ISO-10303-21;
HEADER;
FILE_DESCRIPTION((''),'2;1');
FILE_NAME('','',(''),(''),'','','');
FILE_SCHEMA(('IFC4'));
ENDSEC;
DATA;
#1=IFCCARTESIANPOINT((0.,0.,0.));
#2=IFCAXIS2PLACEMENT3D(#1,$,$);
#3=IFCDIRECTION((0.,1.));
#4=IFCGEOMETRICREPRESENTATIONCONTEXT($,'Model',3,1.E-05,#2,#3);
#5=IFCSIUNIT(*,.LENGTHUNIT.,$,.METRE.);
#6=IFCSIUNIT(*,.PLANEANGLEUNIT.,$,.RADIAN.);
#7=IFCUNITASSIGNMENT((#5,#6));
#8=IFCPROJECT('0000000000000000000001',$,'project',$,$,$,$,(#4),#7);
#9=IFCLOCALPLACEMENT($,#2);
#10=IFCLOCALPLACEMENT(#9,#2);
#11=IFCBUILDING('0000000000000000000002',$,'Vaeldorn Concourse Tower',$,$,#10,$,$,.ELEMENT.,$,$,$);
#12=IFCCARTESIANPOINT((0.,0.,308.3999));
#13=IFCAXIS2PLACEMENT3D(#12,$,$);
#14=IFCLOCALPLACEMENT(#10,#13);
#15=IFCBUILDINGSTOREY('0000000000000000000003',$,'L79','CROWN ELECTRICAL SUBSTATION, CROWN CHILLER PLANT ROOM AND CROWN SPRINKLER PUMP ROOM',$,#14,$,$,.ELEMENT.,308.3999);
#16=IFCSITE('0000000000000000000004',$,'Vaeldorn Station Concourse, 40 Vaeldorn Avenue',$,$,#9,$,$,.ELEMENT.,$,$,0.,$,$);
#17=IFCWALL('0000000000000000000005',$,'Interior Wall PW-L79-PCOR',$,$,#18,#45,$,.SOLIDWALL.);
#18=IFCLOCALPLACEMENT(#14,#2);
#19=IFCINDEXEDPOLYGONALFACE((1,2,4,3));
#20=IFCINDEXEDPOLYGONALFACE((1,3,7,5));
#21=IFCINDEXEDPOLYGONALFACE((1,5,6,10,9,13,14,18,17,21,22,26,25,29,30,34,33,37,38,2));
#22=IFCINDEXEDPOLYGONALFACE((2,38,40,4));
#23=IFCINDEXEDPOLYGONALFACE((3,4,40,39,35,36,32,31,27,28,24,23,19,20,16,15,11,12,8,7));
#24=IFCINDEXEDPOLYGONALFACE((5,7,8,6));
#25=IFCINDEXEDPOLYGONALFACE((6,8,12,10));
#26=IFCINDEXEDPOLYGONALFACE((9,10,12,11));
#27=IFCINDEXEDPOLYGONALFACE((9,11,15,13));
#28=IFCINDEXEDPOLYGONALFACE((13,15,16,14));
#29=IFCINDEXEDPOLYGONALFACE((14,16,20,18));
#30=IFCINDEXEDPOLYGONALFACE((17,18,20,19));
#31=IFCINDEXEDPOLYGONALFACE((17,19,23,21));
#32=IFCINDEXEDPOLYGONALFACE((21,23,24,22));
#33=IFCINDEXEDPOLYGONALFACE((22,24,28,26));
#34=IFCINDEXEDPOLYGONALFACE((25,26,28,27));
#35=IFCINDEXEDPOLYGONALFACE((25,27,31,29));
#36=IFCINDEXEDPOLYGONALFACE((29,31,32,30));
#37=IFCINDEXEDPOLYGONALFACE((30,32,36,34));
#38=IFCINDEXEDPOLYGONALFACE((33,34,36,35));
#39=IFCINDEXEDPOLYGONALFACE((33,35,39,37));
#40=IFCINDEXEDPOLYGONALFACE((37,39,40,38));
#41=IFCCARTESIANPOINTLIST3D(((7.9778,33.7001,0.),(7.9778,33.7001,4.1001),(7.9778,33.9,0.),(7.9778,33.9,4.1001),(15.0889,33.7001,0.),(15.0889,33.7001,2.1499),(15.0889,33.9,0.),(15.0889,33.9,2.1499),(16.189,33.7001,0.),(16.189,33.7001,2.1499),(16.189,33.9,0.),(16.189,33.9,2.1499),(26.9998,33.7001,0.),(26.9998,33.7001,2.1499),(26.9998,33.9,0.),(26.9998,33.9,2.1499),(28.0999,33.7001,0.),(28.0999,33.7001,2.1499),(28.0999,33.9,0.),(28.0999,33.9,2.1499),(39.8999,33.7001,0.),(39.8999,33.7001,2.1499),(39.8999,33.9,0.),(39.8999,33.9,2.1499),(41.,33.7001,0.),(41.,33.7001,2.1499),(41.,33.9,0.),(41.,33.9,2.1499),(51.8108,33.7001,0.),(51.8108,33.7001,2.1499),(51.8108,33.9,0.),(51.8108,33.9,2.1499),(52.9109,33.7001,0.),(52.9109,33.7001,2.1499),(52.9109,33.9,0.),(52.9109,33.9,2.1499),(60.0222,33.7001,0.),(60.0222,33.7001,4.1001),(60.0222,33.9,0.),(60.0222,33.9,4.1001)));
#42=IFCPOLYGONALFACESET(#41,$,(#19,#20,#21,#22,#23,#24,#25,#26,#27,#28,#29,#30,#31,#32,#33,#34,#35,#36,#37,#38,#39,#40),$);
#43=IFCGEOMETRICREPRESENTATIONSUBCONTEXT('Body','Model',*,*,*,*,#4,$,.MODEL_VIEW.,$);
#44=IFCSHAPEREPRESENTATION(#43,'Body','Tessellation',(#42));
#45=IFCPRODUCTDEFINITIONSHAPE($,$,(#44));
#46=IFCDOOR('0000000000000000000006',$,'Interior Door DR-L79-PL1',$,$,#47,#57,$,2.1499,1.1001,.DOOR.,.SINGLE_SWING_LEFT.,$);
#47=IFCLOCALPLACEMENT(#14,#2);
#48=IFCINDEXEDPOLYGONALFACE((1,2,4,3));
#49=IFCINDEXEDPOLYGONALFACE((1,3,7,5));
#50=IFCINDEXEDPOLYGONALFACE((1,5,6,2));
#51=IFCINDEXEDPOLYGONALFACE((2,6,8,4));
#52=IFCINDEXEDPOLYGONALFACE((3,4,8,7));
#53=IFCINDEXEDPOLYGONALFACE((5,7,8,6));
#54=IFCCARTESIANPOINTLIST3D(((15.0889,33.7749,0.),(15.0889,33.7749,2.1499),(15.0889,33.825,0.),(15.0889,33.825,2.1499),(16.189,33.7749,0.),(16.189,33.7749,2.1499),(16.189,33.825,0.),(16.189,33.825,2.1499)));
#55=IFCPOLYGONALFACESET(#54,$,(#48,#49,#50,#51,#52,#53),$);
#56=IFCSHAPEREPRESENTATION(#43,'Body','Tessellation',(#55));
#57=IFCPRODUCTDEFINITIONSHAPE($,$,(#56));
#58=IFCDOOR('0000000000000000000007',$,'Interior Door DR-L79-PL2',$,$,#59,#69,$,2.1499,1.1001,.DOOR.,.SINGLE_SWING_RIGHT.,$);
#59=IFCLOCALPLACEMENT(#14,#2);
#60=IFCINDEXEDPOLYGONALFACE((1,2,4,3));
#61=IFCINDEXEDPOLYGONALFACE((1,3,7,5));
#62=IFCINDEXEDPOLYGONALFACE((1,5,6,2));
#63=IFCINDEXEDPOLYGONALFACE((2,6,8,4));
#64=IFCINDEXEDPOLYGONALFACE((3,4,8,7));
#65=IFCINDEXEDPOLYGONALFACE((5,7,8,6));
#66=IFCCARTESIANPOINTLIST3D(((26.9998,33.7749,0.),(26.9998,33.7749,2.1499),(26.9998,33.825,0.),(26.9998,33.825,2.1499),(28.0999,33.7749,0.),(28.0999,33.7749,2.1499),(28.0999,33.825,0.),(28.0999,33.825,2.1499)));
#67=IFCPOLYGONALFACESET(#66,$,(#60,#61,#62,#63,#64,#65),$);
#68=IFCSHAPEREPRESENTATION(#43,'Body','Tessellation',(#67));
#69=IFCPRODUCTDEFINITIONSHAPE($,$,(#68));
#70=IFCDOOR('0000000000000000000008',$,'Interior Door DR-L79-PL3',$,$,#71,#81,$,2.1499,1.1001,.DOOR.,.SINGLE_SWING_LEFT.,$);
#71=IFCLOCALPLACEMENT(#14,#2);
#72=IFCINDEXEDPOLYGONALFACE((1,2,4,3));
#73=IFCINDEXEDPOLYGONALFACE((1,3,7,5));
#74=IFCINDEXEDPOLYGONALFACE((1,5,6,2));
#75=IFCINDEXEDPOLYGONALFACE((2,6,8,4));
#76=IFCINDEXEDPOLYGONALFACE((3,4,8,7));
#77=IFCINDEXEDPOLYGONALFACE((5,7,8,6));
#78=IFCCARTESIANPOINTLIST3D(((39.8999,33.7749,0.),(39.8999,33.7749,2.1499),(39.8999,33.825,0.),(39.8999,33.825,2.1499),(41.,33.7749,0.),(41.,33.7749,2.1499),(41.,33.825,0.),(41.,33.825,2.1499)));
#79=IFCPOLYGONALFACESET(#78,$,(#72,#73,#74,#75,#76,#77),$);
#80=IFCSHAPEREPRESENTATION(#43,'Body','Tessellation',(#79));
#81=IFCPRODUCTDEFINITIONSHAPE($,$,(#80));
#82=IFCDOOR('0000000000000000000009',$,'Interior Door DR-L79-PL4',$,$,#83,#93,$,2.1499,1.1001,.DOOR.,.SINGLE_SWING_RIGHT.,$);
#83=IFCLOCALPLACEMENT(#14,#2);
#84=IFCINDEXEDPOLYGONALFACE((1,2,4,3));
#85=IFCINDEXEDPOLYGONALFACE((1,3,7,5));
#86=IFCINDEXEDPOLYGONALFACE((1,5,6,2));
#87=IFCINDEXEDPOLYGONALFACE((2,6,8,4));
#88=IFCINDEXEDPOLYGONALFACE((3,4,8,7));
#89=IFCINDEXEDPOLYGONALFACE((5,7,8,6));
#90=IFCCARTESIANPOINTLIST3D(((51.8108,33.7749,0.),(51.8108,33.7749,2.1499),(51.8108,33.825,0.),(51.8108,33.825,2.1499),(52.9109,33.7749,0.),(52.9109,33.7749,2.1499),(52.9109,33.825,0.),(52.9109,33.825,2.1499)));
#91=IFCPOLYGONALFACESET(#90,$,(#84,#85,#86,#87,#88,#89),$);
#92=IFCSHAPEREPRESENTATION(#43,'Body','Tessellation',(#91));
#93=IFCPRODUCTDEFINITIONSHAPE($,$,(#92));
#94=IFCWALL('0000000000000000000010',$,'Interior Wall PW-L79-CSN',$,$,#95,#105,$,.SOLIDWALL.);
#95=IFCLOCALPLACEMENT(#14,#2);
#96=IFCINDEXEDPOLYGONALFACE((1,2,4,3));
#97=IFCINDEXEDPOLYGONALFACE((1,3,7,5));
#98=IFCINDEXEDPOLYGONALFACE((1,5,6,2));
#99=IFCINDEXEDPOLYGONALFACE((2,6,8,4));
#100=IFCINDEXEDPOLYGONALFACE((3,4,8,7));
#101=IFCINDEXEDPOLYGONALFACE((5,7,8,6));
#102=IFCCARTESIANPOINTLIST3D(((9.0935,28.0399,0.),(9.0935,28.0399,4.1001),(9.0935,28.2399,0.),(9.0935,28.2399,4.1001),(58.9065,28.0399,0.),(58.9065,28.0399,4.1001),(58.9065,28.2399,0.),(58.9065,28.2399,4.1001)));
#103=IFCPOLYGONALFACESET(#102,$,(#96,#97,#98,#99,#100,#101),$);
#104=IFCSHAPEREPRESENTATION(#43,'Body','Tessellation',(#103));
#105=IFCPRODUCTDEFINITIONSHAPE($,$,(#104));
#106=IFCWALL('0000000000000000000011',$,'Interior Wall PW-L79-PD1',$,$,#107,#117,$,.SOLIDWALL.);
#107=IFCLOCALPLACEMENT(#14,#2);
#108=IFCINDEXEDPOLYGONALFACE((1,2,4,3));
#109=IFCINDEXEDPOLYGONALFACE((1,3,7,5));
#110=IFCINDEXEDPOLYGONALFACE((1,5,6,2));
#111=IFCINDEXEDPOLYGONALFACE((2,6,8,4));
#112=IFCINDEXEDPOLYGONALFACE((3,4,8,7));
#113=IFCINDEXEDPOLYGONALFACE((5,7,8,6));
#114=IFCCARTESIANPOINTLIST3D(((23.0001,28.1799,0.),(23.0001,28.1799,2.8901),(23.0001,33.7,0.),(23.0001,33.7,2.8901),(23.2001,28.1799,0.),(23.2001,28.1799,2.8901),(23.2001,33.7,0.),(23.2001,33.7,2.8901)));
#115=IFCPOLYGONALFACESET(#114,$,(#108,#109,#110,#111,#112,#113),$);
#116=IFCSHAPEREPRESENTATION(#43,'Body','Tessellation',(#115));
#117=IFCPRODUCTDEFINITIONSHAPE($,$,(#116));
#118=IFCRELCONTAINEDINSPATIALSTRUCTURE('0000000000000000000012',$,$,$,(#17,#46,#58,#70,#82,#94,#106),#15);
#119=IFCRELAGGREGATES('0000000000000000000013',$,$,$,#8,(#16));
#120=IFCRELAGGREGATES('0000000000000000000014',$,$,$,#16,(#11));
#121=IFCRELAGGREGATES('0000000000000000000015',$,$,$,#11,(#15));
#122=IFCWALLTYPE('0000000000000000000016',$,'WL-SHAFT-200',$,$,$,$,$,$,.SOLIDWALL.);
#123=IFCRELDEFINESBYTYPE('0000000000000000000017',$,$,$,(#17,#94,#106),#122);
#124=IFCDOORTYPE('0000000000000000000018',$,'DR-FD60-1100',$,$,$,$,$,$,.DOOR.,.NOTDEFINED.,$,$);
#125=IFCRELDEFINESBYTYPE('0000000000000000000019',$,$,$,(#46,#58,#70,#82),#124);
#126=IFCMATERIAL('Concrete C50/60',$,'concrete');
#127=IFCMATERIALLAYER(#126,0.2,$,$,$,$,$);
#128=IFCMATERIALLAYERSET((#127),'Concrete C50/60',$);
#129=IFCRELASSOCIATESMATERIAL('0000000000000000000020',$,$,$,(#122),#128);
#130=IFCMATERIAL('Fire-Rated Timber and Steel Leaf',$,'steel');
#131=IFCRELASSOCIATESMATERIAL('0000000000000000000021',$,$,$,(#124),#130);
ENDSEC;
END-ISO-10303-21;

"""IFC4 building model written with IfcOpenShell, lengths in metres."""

from ifc_helpers import new_model, si_unit, direction, frame, frame_2d, origin, place, context, subcontext, project, spatial, rectangle, extrude, source, transform, mapped, material, layer, layer_set, type_object, element, fill, save


model = new_model("IFC4")

# Units and contexts
model_context = context("Model", 3, precision=1e-05, world=origin(), true_north=direction((0.0, 1.0)))
body_context = subcontext(model_context, "Body", "Model", "MODEL_VIEW")
ifc_project = project(units=[si_unit("LENGTHUNIT", "METRE"), si_unit("PLANEANGLEUNIT", "RADIAN")], contexts=[model_context])

# Site, building, storey
site_placement = place(None, origin())
site = spatial("IfcSite", under=ifc_project, at=site_placement, Name="Vaeldorn Station Concourse, 40 Vaeldorn Avenue", CompositionType="ELEMENT", RefElevation=0.0)
building_placement = place(site_placement, origin())
building = spatial("IfcBuilding", under=site, at=building_placement, Name="Vaeldorn Concourse Tower", CompositionType="ELEMENT")
storey_placement = place(building_placement, frame((0.0, 0.0, 308.3999)))
storey = spatial("IfcBuildingStorey", under=building, at=storey_placement, Name="L79", Description="CROWN ELECTRICAL SUBSTATION, CROWN CHILLER PLANT ROOM AND CROWN SPRINKLER PUMP ROOM", CompositionType="ELEMENT", Elevation=308.3999)

# Wall, openings, doors
ifc_material_1 = material(Name="Concrete C50/60", Category="concrete")
ifc_layer_1 = layer(ifc_material_1, 0.2)
ifc_layer_set_1 = layer_set([ifc_layer_1], Name="Concrete C50/60")
wall_type = type_object("IfcWallType", Name="WL-SHAFT-200", PredefinedType="SOLIDWALL", material=ifc_layer_set_1)
wall_1_placement = place(storey_placement, frame((7.9778, 33.8, 0.0), z_axis=(0.0, 0.0, 1.0), x_axis=(1.0, 0.0, 0.0)))
wall_1 = element("IfcWall", 1, at=wall_1_placement, inside=storey, type_object=wall_type, Name="Interior Wall PW-L79-PCOR", PredefinedType="SOLIDWALL", context=body_context, shape_type="SweptSolid", body=[
    extrude(rectangle(XDim=52.0444, YDim=0.2, at=frame_2d((26.0222, 0.0))), origin(), (0.0, 0.0, 1.0), 4.1001),
])
opening_1_placement = place(wall_1_placement, frame((7.1111, 0.0, 0.0)))
opening_1 = element("IfcOpeningElement", 2, at=opening_1_placement, cuts=wall_1, PredefinedType="OPENING", context=body_context, shape_type="SweptSolid", body=[
    extrude(rectangle(XDim=1.1001, YDim=2.1499, at=frame_2d((0.55, 1.075))), frame((0.0, 0.1099, 0.0), z_axis=(0.0, -1.0, 0.0), x_axis=(1.0, 0.0, 0.0)), (0.0, 0.0, 1.0), 0.22),
])
opening_2_placement = place(wall_1_placement, frame((19.022, 0.0, 0.0)))
opening_2 = element("IfcOpeningElement", 3, at=opening_2_placement, cuts=wall_1, PredefinedType="OPENING", context=body_context, shape_type="SweptSolid", body=[
    extrude(rectangle(XDim=1.1001, YDim=2.1499, at=frame_2d((0.55, 1.075))), frame((0.0, 0.1099, 0.0), z_axis=(0.0, -1.0, 0.0), x_axis=(1.0, 0.0, 0.0)), (0.0, 0.0, 1.0), 0.22),
])
opening_3_placement = place(wall_1_placement, frame((31.9221, 0.0, 0.0)))
opening_3 = element("IfcOpeningElement", 4, at=opening_3_placement, cuts=wall_1, PredefinedType="OPENING", context=body_context, shape_type="SweptSolid", body=[
    extrude(rectangle(XDim=1.1001, YDim=2.1499, at=frame_2d((0.55, 1.075))), frame((0.0, 0.1099, 0.0), z_axis=(0.0, -1.0, 0.0), x_axis=(1.0, 0.0, 0.0)), (0.0, 0.0, 1.0), 0.22),
])
opening_4_placement = place(wall_1_placement, frame((43.833, 0.0, 0.0)))
opening_4 = element("IfcOpeningElement", 5, at=opening_4_placement, cuts=wall_1, PredefinedType="OPENING", context=body_context, shape_type="SweptSolid", body=[
    extrude(rectangle(XDim=1.1001, YDim=2.1499, at=frame_2d((0.55, 1.075))), frame((0.0, 0.1099, 0.0), z_axis=(0.0, -1.0, 0.0), x_axis=(1.0, 0.0, 0.0)), (0.0, 0.0, 1.0), 0.22),
])
ifc_material_2 = material(Name="Fire-Rated Timber and Steel Leaf", Category="steel")
door_type = type_object("IfcDoorType", Name="DR-FD60-1100", OperationType="NOTDEFINED", PredefinedType="DOOR", material=ifc_material_2)
shared_shape_1 = source(origin(), body_context, "Body", "SweptSolid", [
    extrude(rectangle(XDim=1.1001, YDim=2.1499, at=frame_2d((0.55, 1.075))), frame((0.0, 0.0249, 0.0), z_axis=(0.0, -1.0, 0.0), x_axis=(1.0, 0.0, 0.0)), (0.0, 0.0, 1.0), 0.05),
])
door_1_placement = place(opening_1_placement, origin())
door_1 = element("IfcDoor", 6, at=door_1_placement, inside=storey, type_object=door_type, Name="Interior Door DR-L79-PL1", OperationType="SINGLE_SWING_LEFT", OverallHeight=2.1499, OverallWidth=1.1001, PredefinedType="DOOR", context=body_context, shape_type="MappedRepresentation", body=[
    mapped(shared_shape_1, transform((0.0, 0.0, 0.0), scale=1.0)),
])
fill(opening_1, door_1)
door_2_placement = place(opening_2_placement, origin())
door_2 = element("IfcDoor", 7, at=door_2_placement, inside=storey, type_object=door_type, Name="Interior Door DR-L79-PL2", OperationType="SINGLE_SWING_RIGHT", OverallHeight=2.1499, OverallWidth=1.1001, PredefinedType="DOOR", context=body_context, shape_type="MappedRepresentation", body=[
    mapped(shared_shape_1, transform((0.0, 0.0, 0.0), scale=1.0)),
])
fill(opening_2, door_2)
door_3_placement = place(opening_3_placement, origin())
door_3 = element("IfcDoor", 8, at=door_3_placement, inside=storey, type_object=door_type, Name="Interior Door DR-L79-PL3", OperationType="SINGLE_SWING_LEFT", OverallHeight=2.1499, OverallWidth=1.1001, PredefinedType="DOOR", context=body_context, shape_type="MappedRepresentation", body=[
    mapped(shared_shape_1, transform((0.0, 0.0, 0.0), scale=1.0)),
])
fill(opening_3, door_3)
door_4_placement = place(opening_4_placement, origin())
door_4 = element("IfcDoor", 9, at=door_4_placement, inside=storey, type_object=door_type, Name="Interior Door DR-L79-PL4", OperationType="SINGLE_SWING_RIGHT", OverallHeight=2.1499, OverallWidth=1.1001, PredefinedType="DOOR", context=body_context, shape_type="MappedRepresentation", body=[
    mapped(shared_shape_1, transform((0.0, 0.0, 0.0), scale=1.0)),
])
fill(opening_4, door_4)

# Walls
wall_2_placement = place(storey_placement, frame((9.0935, 28.1399, 0.0), z_axis=(0.0, 0.0, 1.0), x_axis=(1.0, 0.0, 0.0)))
element("IfcWall", 10, at=wall_2_placement, inside=storey, type_object=wall_type, Name="Interior Wall PW-L79-CSN", PredefinedType="SOLIDWALL", context=body_context, shape_type="SweptSolid", body=[
    extrude(rectangle(XDim=49.813, YDim=0.2, at=frame_2d((24.9065, 0.0))), origin(), (0.0, 0.0, 1.0), 4.1001),
])
wall_3_placement = place(storey_placement, frame((23.1001, 28.1799, 0.0), z_axis=(0.0, 0.0, 1.0), x_axis=(0.0, 1.0, 0.0)))
element("IfcWall", 11, at=wall_3_placement, inside=storey, type_object=wall_type, Name="Interior Wall PW-L79-PD1", PredefinedType="SOLIDWALL", context=body_context, shape_type="SweptSolid", body=[
    extrude(rectangle(XDim=5.52, YDim=0.2, at=frame_2d((2.76, 0.0))), origin(), (0.0, 0.0, 1.0), 2.8901),
])

save(model, "model.ifc")
